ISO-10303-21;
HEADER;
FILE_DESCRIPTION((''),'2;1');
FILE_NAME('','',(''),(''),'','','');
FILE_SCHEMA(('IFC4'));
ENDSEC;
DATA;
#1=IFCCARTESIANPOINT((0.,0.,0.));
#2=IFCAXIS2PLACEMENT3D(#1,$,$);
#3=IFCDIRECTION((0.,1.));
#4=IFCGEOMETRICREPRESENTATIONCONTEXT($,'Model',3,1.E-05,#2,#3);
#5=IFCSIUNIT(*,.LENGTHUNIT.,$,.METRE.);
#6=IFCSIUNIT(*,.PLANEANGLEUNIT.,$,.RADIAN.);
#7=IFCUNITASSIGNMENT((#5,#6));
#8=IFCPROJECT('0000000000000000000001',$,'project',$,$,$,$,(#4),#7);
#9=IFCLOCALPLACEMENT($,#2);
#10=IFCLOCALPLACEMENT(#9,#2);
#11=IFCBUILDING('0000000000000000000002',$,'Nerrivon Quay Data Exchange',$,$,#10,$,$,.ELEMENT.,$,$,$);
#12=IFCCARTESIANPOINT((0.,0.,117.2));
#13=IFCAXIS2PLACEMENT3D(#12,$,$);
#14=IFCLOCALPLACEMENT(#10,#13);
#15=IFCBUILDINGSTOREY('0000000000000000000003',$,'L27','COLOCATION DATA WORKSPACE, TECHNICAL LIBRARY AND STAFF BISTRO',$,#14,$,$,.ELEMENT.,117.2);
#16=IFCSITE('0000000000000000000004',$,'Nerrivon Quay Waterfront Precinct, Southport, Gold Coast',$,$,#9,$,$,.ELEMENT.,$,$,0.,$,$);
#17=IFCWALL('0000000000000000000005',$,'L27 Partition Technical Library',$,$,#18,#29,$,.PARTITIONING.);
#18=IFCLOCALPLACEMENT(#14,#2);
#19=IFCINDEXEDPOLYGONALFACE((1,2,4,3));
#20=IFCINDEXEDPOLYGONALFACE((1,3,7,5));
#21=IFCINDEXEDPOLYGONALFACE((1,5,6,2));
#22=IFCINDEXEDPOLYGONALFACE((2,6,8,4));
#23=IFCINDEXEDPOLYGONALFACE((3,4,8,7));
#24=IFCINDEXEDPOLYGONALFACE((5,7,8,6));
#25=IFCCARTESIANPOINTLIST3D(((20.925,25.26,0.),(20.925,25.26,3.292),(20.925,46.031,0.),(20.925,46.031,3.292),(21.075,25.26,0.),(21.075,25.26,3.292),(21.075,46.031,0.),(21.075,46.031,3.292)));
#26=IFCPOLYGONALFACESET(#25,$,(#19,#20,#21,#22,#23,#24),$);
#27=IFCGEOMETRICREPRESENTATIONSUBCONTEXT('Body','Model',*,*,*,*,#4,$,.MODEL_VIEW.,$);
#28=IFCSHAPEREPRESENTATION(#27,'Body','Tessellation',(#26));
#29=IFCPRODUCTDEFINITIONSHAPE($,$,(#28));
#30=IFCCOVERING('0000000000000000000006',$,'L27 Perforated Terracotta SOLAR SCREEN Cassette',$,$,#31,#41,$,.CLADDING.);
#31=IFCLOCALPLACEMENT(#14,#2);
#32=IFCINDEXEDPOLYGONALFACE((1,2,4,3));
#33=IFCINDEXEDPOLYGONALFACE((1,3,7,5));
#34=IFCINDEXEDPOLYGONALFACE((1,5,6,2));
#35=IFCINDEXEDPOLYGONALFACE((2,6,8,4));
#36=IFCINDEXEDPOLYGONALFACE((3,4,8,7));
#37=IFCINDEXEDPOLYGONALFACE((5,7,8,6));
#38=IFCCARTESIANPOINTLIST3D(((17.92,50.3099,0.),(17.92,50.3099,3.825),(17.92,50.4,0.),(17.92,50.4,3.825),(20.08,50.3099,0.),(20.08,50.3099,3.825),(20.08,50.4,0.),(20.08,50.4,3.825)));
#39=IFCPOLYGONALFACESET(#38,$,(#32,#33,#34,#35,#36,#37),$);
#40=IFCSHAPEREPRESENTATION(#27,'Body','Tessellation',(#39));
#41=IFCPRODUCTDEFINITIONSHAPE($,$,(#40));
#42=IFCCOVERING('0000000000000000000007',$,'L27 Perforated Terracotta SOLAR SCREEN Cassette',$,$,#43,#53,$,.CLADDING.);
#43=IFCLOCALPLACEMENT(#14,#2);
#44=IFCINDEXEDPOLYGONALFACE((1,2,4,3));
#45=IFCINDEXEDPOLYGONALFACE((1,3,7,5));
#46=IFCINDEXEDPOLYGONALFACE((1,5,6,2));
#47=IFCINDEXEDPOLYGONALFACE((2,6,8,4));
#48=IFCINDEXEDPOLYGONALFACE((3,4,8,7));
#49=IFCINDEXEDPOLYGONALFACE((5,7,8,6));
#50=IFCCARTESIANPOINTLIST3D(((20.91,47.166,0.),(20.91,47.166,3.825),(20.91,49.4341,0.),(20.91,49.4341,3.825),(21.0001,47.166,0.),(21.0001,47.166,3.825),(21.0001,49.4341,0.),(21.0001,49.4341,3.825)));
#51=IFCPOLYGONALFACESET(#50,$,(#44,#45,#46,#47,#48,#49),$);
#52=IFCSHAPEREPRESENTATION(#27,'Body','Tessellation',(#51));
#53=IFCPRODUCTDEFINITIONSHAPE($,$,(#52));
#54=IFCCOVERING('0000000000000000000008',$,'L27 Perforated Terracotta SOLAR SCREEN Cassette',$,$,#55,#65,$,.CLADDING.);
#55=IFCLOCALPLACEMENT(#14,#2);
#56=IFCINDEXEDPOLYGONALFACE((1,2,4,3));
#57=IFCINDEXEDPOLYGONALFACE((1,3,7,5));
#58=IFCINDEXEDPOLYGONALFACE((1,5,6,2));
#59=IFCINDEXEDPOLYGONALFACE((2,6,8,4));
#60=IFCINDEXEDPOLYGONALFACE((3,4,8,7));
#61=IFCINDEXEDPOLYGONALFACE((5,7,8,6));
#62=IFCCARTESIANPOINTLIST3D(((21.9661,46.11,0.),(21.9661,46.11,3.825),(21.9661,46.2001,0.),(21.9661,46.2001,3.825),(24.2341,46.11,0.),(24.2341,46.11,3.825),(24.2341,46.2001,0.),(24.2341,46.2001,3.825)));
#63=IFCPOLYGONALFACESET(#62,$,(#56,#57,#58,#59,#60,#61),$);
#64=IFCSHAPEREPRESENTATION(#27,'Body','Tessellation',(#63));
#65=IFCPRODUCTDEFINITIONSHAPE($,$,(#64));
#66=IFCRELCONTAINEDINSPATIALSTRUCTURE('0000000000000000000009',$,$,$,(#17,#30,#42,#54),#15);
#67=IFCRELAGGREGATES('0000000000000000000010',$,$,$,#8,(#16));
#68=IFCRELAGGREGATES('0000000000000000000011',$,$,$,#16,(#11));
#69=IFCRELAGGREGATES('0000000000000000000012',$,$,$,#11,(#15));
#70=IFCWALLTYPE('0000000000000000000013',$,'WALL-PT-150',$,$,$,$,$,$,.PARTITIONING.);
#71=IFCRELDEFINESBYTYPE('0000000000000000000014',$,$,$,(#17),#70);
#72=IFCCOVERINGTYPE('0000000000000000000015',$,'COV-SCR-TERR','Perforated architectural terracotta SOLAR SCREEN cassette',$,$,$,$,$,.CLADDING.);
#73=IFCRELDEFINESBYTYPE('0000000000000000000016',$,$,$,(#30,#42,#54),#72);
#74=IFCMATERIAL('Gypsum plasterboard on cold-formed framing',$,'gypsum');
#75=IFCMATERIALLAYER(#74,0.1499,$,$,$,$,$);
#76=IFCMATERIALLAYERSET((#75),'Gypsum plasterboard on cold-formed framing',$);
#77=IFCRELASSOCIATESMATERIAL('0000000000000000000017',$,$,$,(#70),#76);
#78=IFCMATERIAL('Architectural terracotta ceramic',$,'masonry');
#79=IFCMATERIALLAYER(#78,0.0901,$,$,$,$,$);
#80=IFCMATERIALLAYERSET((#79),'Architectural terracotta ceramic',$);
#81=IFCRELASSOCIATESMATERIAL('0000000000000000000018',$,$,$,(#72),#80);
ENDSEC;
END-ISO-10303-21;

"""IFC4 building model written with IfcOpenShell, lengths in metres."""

from ifc_helpers import new_model, si_unit, direction, frame, frame_2d, origin, origin_2d, place, context, subcontext, project, spatial, rectangle, extrude, material, layer, layer_set, type_object, element, save


model = new_model("IFC4")

# Units and contexts
model_context = context("Model", 3, precision=1e-05, world=origin(), true_north=direction((0.0, 1.0)))
body_context = subcontext(model_context, "Body", "Model", "MODEL_VIEW")
ifc_project = project(units=[si_unit("LENGTHUNIT", "METRE"), si_unit("PLANEANGLEUNIT", "RADIAN")], contexts=[model_context])

# Site, building, storey
site_placement = place(None, origin())
site = spatial("IfcSite", under=ifc_project, at=site_placement, Name="Nerrivon Quay Waterfront Precinct, Southport, Gold Coast", CompositionType="ELEMENT", RefElevation=0.0)
building_placement = place(site_placement, origin())
building = spatial("IfcBuilding", under=site, at=building_placement, Name="Nerrivon Quay Data Exchange", CompositionType="ELEMENT")
storey_placement = place(building_placement, frame((0.0, 0.0, 117.2)))
storey = spatial("IfcBuildingStorey", under=building, at=storey_placement, Name="L27", Description="COLOCATION DATA WORKSPACE, TECHNICAL LIBRARY AND STAFF BISTRO", CompositionType="ELEMENT", Elevation=117.2)

# Wall
ifc_material_1 = material(Name="Gypsum plasterboard on cold-formed framing", Category="gypsum")
ifc_layer_1 = layer(ifc_material_1, 0.1499)
ifc_layer_set_1 = layer_set([ifc_layer_1], Name="Gypsum plasterboard on cold-formed framing")
wall_type_1 = type_object("IfcWallType", Name="WALL-PT-150", PredefinedType="PARTITIONING", material=ifc_layer_set_1)
wall_1_placement = place(storey_placement, frame((21.0, 46.031, 0.0), z_axis=(0.0, 0.0, 1.0), x_axis=(0.0, -1.0, 0.0)))
element("IfcWall", 1, at=wall_1_placement, inside=storey, type_object=wall_type_1, Name="L27 Partition Technical Library", PredefinedType="PARTITIONING", context=body_context, shape_type="SweptSolid", body=[
    extrude(rectangle(XDim=20.771, YDim=0.1499, at=frame_2d((10.3855, 0.0))), origin(), (0.0, 0.0, 1.0), 3.292),
])

# Coverings
ifc_material_2 = material(Name="Architectural terracotta ceramic", Category="masonry")
ifc_layer_2 = layer(ifc_material_2, 0.0901)
ifc_layer_set_2 = layer_set([ifc_layer_2], Name="Architectural terracotta ceramic")
covering_type = type_object("IfcCoveringType", Name="COV-SCR-TERR", Description="Perforated architectural terracotta SOLAR SCREEN cassette", PredefinedType="CLADDING", material=ifc_layer_set_2)
covering_placement = place(storey_placement, frame((19.0, 50.355, 0.0), z_axis=(0.0, 0.0, 1.0), x_axis=(1.0, 0.0, 0.0)))
element("IfcCovering", 2, at=covering_placement, inside=storey, type_object=covering_type, Name="L27 Perforated Terracotta SOLAR SCREEN Cassette", PredefinedType="CLADDING", context=body_context, shape_type="SweptSolid", body=[
    extrude(rectangle(XDim=2.1599, YDim=0.0901, at=origin_2d()), origin(), (0.0, 0.0, 1.0), 3.825),
])
for number, where, z_axis, x_axis, name in (
    (3, (20.9551, 48.3, 0.0), (0.0, 0.0, 1.0), (0.0, -1.0, 0.0), "L27 Perforated Terracotta SOLAR SCREEN Cassette"),
    (4, (23.1001, 46.155, 0.0), (0.0, 0.0, 1.0), (1.0, 0.0, 0.0), "L27 Perforated Terracotta SOLAR SCREEN Cassette"),
):
    element("IfcCovering", number, at=place(storey_placement, frame(where, z_axis=z_axis, x_axis=x_axis)), inside=storey, type_object=covering_type, Name=name, PredefinedType="CLADDING", context=body_context, shape_type="SweptSolid", body=[
        extrude(rectangle(XDim=2.2681, YDim=0.0901, at=origin_2d()), origin(), (0.0, 0.0, 1.0), 3.825),
    ])

save(model, "model.ifc")
